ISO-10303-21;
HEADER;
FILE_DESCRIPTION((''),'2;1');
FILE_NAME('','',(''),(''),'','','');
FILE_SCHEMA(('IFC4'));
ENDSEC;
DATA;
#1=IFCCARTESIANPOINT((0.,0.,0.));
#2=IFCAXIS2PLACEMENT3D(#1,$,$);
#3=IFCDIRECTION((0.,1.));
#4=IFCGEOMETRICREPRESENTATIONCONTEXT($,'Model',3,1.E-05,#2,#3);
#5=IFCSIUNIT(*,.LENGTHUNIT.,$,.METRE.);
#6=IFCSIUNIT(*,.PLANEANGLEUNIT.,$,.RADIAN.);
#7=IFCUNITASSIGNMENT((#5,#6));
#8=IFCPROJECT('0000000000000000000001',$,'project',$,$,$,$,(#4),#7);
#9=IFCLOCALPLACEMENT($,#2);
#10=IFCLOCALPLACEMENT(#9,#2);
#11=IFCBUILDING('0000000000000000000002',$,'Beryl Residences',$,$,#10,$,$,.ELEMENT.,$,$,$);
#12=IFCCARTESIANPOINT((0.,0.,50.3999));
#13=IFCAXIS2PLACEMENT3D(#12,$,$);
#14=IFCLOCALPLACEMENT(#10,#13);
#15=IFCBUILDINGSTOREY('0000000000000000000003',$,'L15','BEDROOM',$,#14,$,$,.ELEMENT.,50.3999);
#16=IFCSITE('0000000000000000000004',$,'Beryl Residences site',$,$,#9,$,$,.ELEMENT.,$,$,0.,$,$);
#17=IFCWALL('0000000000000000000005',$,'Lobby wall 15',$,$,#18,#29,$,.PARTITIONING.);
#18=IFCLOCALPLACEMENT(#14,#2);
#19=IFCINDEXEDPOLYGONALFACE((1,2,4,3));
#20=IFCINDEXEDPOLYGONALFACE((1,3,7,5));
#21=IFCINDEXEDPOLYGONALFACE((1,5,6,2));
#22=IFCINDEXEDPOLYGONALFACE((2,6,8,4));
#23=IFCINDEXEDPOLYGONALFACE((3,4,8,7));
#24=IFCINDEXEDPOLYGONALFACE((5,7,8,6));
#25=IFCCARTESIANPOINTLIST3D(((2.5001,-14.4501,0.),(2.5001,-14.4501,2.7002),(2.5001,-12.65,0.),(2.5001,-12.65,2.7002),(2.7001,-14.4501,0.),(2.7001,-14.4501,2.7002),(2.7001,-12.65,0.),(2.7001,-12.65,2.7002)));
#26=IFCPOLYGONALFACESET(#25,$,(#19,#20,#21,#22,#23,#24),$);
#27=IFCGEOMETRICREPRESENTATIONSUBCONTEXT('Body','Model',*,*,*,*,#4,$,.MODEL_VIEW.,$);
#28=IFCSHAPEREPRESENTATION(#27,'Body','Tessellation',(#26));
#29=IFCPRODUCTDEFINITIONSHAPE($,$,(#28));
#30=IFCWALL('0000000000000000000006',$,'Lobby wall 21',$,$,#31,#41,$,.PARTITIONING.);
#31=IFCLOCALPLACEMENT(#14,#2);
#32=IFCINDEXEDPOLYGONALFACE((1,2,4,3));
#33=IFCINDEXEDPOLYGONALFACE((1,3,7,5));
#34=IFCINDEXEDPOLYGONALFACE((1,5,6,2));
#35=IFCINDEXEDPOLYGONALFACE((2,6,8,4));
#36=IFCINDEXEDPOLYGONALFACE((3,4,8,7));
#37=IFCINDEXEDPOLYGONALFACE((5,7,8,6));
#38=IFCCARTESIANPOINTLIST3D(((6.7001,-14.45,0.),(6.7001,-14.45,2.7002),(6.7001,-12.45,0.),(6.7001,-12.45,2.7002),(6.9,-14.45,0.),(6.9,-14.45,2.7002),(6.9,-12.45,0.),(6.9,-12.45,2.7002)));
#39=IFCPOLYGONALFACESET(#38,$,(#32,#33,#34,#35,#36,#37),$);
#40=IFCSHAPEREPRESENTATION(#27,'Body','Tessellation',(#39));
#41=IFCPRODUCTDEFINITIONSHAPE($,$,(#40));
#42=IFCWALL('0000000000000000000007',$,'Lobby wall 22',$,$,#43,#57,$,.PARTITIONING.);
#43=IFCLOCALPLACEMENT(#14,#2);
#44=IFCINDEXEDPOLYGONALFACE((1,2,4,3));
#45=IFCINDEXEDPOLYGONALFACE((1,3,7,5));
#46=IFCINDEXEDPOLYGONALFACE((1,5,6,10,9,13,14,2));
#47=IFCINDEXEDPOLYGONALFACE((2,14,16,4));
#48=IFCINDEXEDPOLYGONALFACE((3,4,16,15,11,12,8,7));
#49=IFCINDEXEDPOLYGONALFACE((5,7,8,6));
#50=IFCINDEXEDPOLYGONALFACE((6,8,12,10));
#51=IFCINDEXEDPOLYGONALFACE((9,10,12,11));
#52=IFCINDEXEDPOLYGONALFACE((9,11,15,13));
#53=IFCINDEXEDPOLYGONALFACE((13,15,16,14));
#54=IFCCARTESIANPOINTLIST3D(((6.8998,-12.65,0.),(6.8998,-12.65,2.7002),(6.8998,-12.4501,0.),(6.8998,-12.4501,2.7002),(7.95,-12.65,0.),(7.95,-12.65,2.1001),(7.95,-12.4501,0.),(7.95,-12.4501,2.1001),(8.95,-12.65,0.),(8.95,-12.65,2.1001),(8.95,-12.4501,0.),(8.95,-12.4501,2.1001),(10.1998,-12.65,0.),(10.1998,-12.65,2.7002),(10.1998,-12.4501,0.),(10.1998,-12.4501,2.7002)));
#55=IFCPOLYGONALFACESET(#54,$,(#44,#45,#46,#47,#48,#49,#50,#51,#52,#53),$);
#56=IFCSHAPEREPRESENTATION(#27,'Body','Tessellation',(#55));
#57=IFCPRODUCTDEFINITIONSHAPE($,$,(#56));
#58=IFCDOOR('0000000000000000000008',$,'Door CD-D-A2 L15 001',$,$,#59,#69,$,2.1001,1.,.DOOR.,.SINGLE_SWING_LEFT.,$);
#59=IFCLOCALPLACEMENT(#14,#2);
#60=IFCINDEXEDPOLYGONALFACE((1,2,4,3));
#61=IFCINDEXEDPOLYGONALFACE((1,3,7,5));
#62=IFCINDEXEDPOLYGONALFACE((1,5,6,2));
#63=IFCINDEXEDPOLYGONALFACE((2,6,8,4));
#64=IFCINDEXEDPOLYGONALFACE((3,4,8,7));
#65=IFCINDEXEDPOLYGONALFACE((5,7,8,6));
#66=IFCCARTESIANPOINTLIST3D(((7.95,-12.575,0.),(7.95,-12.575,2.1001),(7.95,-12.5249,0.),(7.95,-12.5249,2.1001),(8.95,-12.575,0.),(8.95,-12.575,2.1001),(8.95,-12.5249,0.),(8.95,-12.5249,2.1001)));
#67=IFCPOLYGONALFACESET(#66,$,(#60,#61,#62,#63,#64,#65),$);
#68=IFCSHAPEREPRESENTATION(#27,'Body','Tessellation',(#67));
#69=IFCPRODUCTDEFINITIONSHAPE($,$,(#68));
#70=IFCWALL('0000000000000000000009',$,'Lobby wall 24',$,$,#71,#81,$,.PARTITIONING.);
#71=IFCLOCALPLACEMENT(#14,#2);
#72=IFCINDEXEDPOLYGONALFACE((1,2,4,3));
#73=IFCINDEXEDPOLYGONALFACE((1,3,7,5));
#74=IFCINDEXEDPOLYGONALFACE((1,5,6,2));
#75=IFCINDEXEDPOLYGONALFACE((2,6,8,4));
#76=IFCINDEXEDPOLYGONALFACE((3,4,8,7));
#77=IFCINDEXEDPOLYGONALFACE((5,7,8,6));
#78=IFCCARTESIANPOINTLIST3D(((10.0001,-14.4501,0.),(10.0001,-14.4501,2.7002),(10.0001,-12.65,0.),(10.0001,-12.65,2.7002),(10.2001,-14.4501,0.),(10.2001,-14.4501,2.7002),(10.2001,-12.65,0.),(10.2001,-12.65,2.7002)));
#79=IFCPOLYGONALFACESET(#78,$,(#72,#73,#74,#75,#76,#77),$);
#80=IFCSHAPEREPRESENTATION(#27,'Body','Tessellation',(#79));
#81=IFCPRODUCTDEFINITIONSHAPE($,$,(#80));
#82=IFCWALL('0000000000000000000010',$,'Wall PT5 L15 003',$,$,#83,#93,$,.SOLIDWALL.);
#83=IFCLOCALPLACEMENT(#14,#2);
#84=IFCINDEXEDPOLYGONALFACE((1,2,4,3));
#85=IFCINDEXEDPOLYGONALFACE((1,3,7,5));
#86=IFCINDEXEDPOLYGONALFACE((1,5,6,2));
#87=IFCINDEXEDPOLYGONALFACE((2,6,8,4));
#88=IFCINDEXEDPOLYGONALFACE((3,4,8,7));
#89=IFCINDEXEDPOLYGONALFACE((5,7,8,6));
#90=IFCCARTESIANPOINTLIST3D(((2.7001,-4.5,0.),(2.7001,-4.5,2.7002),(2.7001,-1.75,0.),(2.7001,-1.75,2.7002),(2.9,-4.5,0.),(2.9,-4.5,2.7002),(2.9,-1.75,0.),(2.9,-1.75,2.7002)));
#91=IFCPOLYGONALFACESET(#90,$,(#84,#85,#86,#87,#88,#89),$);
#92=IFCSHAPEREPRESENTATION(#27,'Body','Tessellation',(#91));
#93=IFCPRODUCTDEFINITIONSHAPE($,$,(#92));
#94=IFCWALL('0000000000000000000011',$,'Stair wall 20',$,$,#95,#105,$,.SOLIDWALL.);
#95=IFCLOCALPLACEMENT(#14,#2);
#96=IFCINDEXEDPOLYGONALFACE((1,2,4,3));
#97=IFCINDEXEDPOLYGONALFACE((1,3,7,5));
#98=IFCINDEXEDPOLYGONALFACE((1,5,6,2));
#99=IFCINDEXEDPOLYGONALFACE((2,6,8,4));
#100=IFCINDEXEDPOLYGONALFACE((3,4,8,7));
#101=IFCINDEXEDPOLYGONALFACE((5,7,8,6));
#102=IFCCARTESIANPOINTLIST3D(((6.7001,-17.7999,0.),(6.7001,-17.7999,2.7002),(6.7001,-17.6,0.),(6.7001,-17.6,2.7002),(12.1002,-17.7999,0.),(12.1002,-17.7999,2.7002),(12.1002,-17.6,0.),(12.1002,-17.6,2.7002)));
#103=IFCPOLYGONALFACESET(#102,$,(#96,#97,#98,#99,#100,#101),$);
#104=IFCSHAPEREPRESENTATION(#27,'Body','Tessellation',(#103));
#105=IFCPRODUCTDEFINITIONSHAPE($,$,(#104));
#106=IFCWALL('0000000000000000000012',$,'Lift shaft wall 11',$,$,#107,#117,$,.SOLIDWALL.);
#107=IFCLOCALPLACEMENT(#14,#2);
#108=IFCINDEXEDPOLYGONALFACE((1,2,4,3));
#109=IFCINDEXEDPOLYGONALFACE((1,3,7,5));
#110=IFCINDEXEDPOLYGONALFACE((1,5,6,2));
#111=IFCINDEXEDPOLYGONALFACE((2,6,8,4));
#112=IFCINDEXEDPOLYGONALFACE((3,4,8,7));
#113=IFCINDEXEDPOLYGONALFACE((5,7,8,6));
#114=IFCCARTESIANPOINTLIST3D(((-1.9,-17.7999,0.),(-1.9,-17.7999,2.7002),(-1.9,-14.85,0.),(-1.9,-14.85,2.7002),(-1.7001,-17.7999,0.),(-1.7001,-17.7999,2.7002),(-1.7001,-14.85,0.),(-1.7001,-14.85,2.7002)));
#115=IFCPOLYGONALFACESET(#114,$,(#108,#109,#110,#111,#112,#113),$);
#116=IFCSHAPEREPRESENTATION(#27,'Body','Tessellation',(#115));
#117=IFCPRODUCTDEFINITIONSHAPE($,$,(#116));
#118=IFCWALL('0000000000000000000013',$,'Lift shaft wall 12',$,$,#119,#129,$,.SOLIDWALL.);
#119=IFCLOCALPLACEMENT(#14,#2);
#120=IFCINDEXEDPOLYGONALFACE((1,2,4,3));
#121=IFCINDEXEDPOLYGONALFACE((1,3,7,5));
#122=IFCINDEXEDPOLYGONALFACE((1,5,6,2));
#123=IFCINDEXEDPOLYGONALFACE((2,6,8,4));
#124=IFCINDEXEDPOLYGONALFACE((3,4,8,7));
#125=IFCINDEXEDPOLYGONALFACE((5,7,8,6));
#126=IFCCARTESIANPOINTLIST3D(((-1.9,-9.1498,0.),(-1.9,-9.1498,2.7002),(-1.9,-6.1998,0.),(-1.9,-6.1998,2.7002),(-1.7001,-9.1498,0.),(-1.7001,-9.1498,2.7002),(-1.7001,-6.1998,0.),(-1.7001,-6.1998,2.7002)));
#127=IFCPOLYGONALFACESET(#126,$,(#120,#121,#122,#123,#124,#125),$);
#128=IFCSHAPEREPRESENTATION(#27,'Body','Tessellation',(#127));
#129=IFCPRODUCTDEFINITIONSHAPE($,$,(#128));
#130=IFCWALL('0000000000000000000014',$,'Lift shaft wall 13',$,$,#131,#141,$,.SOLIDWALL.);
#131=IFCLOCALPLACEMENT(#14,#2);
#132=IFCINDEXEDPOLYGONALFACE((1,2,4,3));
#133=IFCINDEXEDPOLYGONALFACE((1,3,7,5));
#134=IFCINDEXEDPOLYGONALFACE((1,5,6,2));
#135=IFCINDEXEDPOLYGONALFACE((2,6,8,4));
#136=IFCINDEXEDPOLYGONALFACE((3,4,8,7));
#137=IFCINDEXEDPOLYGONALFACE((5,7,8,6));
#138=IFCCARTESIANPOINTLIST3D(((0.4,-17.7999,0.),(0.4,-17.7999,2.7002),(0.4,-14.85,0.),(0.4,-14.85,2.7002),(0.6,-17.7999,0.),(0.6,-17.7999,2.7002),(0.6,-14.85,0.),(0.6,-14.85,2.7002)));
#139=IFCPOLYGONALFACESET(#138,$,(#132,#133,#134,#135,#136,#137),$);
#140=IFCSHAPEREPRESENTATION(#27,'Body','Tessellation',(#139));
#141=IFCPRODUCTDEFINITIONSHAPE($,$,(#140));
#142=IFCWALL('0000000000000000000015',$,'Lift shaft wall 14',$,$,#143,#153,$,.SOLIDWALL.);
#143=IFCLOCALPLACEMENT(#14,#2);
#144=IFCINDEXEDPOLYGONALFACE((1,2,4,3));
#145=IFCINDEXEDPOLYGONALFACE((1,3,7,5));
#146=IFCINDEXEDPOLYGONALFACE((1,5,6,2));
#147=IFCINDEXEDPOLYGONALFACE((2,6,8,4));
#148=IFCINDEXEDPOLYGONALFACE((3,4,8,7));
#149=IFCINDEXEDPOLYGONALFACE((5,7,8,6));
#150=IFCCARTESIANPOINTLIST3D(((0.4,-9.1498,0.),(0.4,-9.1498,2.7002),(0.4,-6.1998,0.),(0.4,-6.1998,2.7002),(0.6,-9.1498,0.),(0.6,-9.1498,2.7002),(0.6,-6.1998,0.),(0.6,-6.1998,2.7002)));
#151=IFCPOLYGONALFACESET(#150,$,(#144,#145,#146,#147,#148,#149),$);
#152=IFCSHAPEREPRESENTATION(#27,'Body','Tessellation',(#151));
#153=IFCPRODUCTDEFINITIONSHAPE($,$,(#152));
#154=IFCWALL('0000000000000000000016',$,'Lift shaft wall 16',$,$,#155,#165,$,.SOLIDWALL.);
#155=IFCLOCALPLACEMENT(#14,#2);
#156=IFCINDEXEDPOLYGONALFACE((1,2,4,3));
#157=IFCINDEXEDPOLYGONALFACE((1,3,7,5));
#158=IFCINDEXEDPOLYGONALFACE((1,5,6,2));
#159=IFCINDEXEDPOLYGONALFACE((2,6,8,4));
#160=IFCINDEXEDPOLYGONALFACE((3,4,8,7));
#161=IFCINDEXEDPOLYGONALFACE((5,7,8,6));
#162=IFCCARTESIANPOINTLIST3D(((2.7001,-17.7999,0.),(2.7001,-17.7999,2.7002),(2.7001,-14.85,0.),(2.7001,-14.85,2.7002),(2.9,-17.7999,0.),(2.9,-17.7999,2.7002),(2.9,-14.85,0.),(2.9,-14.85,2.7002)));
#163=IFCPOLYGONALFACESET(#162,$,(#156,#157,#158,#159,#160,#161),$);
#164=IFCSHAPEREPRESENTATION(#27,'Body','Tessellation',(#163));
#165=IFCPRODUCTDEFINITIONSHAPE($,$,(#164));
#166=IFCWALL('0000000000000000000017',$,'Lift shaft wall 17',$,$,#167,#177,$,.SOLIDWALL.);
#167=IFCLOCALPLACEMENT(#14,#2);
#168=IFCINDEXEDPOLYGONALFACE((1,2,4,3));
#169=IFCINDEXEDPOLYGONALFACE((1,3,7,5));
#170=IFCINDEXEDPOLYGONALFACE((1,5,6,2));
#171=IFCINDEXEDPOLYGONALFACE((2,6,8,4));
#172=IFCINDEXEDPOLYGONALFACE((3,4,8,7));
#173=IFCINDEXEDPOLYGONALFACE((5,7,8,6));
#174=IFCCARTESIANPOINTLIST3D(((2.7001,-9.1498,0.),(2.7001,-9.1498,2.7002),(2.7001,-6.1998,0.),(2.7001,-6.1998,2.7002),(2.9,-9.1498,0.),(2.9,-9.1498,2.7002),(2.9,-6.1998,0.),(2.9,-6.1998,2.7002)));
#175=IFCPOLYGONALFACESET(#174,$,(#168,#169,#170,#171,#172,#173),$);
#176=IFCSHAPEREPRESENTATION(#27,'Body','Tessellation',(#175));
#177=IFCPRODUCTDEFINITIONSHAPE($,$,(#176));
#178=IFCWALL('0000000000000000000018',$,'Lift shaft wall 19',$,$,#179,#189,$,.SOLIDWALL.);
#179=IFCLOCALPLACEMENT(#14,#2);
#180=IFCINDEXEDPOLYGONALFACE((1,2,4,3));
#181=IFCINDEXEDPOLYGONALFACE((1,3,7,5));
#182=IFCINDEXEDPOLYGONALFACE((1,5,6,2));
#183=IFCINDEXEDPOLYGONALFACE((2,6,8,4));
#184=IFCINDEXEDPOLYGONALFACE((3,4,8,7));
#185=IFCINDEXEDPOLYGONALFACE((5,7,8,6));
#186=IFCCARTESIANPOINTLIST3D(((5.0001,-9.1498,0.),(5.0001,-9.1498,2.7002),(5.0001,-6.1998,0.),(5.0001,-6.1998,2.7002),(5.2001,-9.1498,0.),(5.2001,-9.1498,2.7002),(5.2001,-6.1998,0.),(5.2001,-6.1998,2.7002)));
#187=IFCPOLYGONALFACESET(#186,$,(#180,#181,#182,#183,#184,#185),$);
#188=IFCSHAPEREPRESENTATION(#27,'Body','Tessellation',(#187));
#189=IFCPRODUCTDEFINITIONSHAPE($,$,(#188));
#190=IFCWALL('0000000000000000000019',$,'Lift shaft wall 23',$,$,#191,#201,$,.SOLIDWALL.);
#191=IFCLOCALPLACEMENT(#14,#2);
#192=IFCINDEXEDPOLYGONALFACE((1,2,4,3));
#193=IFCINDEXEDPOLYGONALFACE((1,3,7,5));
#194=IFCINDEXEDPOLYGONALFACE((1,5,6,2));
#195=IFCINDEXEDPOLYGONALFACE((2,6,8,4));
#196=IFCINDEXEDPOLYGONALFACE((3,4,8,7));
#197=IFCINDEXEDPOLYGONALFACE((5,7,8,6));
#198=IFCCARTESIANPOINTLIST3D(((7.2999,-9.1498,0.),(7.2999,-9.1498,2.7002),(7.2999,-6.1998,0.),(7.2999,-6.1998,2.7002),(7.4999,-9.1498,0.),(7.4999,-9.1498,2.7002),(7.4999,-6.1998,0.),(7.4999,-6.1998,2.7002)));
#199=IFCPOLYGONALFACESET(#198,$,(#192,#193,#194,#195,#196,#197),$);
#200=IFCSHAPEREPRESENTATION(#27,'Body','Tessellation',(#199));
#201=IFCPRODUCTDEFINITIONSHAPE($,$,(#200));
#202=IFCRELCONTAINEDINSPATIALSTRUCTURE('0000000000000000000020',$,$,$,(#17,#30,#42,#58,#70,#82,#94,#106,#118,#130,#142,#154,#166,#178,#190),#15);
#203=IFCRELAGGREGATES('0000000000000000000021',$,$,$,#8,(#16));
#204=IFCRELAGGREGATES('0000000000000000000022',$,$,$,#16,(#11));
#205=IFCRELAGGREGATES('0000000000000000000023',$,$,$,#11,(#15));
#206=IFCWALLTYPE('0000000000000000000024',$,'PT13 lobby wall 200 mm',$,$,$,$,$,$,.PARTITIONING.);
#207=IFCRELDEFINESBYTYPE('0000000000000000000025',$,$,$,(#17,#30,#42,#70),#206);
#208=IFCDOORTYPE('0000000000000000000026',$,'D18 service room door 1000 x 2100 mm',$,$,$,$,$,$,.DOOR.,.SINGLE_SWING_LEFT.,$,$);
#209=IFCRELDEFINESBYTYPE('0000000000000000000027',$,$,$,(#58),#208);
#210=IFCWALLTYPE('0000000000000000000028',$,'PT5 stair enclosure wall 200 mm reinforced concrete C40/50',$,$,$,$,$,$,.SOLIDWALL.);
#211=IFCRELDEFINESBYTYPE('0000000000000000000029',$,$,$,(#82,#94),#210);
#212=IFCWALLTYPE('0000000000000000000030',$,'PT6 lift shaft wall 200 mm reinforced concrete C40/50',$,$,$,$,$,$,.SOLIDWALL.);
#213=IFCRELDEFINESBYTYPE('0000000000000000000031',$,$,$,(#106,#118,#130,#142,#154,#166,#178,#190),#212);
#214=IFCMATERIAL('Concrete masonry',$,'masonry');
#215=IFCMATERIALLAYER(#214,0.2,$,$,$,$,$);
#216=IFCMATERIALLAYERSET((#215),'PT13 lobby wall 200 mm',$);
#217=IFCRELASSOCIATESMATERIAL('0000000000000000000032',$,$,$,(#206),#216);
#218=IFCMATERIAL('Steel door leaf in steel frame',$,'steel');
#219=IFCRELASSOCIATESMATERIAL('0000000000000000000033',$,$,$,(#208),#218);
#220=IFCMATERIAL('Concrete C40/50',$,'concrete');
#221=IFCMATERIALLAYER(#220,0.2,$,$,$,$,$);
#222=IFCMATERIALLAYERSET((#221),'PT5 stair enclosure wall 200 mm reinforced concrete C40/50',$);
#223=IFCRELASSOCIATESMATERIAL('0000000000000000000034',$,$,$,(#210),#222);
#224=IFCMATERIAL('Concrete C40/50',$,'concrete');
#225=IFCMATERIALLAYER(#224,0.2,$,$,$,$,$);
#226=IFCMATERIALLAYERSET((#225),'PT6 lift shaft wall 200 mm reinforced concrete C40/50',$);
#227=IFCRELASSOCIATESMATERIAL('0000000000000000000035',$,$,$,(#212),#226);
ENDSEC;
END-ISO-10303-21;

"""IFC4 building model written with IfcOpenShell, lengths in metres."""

from ifc_helpers import new_model, si_unit, direction, frame, frame_2d, origin, place, context, subcontext, project, spatial, rectangle, extrude, material, layer, layer_set, type_object, element, fill, save


model = new_model("IFC4")

# Units and contexts
model_context = context("Model", 3, precision=1e-05, world=origin(), true_north=direction((0.0, 1.0)))
body_context = subcontext(model_context, "Body", "Model", "MODEL_VIEW")
ifc_project = project(units=[si_unit("LENGTHUNIT", "METRE"), si_unit("PLANEANGLEUNIT", "RADIAN")], contexts=[model_context])

# Site, building, storey
site_placement = place(None, origin())
site = spatial("IfcSite", under=ifc_project, at=site_placement, Name="Beryl Residences site", CompositionType="ELEMENT", RefElevation=0.0)
building_placement = place(site_placement, origin())
building = spatial("IfcBuilding", under=site, at=building_placement, Name="Beryl Residences", CompositionType="ELEMENT")
storey_placement = place(building_placement, frame((0.0, 0.0, 50.3999)))
storey = spatial("IfcBuildingStorey", under=building, at=storey_placement, Name="L15", Description="BEDROOM", CompositionType="ELEMENT", Elevation=50.3999)

# Walls
ifc_material_1 = material(Name="Concrete masonry", Category="masonry")
ifc_layer_1 = layer(ifc_material_1, 0.2)
ifc_layer_set_1 = layer_set([ifc_layer_1], Name="PT13 lobby wall 200 mm")
wall_type_1 = type_object("IfcWallType", Name="PT13 lobby wall 200 mm", PredefinedType="PARTITIONING", material=ifc_layer_set_1)
wall_1_placement = place(storey_placement, frame((2.6001, -14.45, 0.0), z_axis=(0.0, 0.0, 1.0), x_axis=(0.0, 1.0, 0.0)))
element("IfcWall", 1, at=wall_1_placement, inside=storey, type_object=wall_type_1, Name="Lobby wall 15", PredefinedType="PARTITIONING", context=body_context, shape_type="SweptSolid", body=[
    extrude(rectangle(XDim=1.8, YDim=0.2, at=frame_2d((0.8999, 0.0))), origin(), (0.0, 0.0, 1.0), 2.7002),
])
wall_2_placement = place(storey_placement, frame((6.8, -14.45, 0.0), z_axis=(0.0, 0.0, 1.0), x_axis=(0.0, 1.0, 0.0)))
element("IfcWall", 2, at=wall_2_placement, inside=storey, type_object=wall_type_1, Name="Lobby wall 21", PredefinedType="PARTITIONING", context=body_context, shape_type="SweptSolid", body=[
    extrude(rectangle(XDim=2.0, YDim=0.2, at=frame_2d((1.0, 0.0))), origin(), (0.0, 0.0, 1.0), 2.7002),
])

# Wall, opening, door
wall_3_placement = place(storey_placement, frame((6.8999, -12.55, 0.0), z_axis=(0.0, 0.0, 1.0), x_axis=(1.0, 0.0, 0.0)))
wall_3 = element("IfcWall", 3, at=wall_3_placement, inside=storey, type_object=wall_type_1, Name="Lobby wall 22", PredefinedType="PARTITIONING", context=body_context, shape_type="SweptSolid", body=[
    extrude(rectangle(XDim=3.3, YDim=0.2, at=frame_2d((1.6499, 0.0))), origin(), (0.0, 0.0, 1.0), 2.7002),
])
opening_placement = place(wall_3_placement, frame((2.05, 0.0, 0.0), z_axis=(0.0, 0.0, 1.0), x_axis=(-1.0, 0.0, 0.0)))
opening = element("IfcOpeningElement", 4, at=opening_placement, cuts=wall_3, PredefinedType="OPENING", context=body_context, shape_type="SweptSolid", body=[
    extrude(rectangle(XDim=1.0, YDim=2.1001, at=frame_2d((0.5, 1.05))), frame((0.0, 0.1099, 0.0), z_axis=(0.0, -1.0, 0.0), x_axis=(1.0, 0.0, 0.0)), (0.0, 0.0, 1.0), 0.22),
])
ifc_material_2 = material(Name="Steel door leaf in steel frame", Category="steel")
door_type = type_object("IfcDoorType", Name="D18 service room door 1000 x 2100 mm", OperationType="SINGLE_SWING_LEFT", PredefinedType="DOOR", material=ifc_material_2)
door_placement = place(opening_placement, origin())
door = element("IfcDoor", 5, at=door_placement, inside=storey, type_object=door_type, Name="Door CD-D-A2 L15 001", OperationType="SINGLE_SWING_LEFT", OverallHeight=2.1001, OverallWidth=1.0, PredefinedType="DOOR", context=body_context, shape_type="SweptSolid", body=[
    extrude(rectangle(XDim=1.0, YDim=2.1001, at=frame_2d((0.5, 1.05))), frame((0.0, 0.0249, 0.0), z_axis=(0.0, -1.0, 0.0), x_axis=(1.0, 0.0, 0.0)), (0.0, 0.0, 1.0), 0.05),
])
fill(opening, door)

# Walls
wall_4_placement = place(storey_placement, frame((10.1001, -14.45, 0.0), z_axis=(0.0, 0.0, 1.0), x_axis=(0.0, 1.0, 0.0)))
element("IfcWall", 6, at=wall_4_placement, inside=storey, type_object=wall_type_1, Name="Lobby wall 24", PredefinedType="PARTITIONING", context=body_context, shape_type="SweptSolid", body=[
    extrude(rectangle(XDim=1.8, YDim=0.2, at=frame_2d((0.8999, 0.0))), origin(), (0.0, 0.0, 1.0), 2.7002),
])
ifc_material_3 = material(Name="Concrete C40/50", Category="concrete")
ifc_layer_2 = layer(ifc_material_3, 0.2)
ifc_layer_set_2 = layer_set([ifc_layer_2], Name="PT5 stair enclosure wall 200 mm reinforced concrete C40/50")
wall_type_2 = type_object("IfcWallType", Name="PT5 stair enclosure wall 200 mm reinforced concrete C40/50", PredefinedType="SOLIDWALL", material=ifc_layer_set_2)
wall_5_placement = place(storey_placement, frame((2.8, -4.5, 0.0), z_axis=(0.0, 0.0, 1.0), x_axis=(0.0, 1.0, 0.0)))
element("IfcWall", 7, at=wall_5_placement, inside=storey, type_object=wall_type_2, Name="Wall PT5 L15 003", PredefinedType="SOLIDWALL", context=body_context, shape_type="SweptSolid", body=[
    extrude(rectangle(XDim=2.75, YDim=0.2, at=frame_2d((1.375, 0.0))), origin(), (0.0, 0.0, 1.0), 2.7002),
])
wall_6_placement = place(storey_placement, frame((6.7, -17.7, 0.0), z_axis=(0.0, 0.0, 1.0), x_axis=(1.0, 0.0, 0.0)))
element("IfcWall", 8, at=wall_6_placement, inside=storey, type_object=wall_type_2, Name="Stair wall 20", PredefinedType="SOLIDWALL", context=body_context, shape_type="SweptSolid", body=[
    extrude(rectangle(XDim=5.4001, YDim=0.2, at=frame_2d((2.7002, 0.0))), origin(), (0.0, 0.0, 1.0), 2.7002),
])
ifc_material_4 = material(Name="Concrete C40/50", Category="concrete")
ifc_layer_3 = layer(ifc_material_4, 0.2)
ifc_layer_set_3 = layer_set([ifc_layer_3], Name="PT6 lift shaft wall 200 mm reinforced concrete C40/50")
wall_type_3 = type_object("IfcWallType", Name="PT6 lift shaft wall 200 mm reinforced concrete C40/50", PredefinedType="SOLIDWALL", material=ifc_layer_set_3)
for number, where, z_axis, x_axis, name in (
    (9, (-1.8, -17.8, 0.0), (0.0, 0.0, 1.0), (0.0, 1.0, 0.0), "Lift shaft wall 11"),
    (10, (-1.8, -9.1499, 0.0), (0.0, 0.0, 1.0), (0.0, 1.0, 0.0), "Lift shaft wall 12"),
    (11, (0.5, -17.8, 0.0), (0.0, 0.0, 1.0), (0.0, 1.0, 0.0), "Lift shaft wall 13"),
    (12, (0.5, -9.1499, 0.0), (0.0, 0.0, 1.0), (0.0, 1.0, 0.0), "Lift shaft wall 14"),
    (13, (2.8, -17.8, 0.0), (0.0, 0.0, 1.0), (0.0, 1.0, 0.0), "Lift shaft wall 16"),
    (14, (2.8, -9.1499, 0.0), (0.0, 0.0, 1.0), (0.0, 1.0, 0.0), "Lift shaft wall 17"),
    (15, (5.1001, -9.1499, 0.0), (0.0, 0.0, 1.0), (0.0, 1.0, 0.0), "Lift shaft wall 19"),
    (16, (7.3999, -9.1499, 0.0), (0.0, 0.0, 1.0), (0.0, 1.0, 0.0), "Lift shaft wall 23"),
):
    element("IfcWall", number, at=place(storey_placement, frame(where, z_axis=z_axis, x_axis=x_axis)), inside=storey, type_object=wall_type_3, Name=name, PredefinedType="SOLIDWALL", context=body_context, shape_type="SweptSolid", body=[
        extrude(rectangle(XDim=2.95, YDim=0.2, at=frame_2d((1.4751, 0.0))), origin(), (0.0, 0.0, 1.0), 2.7002),
    ])

save(model, "model.ifc")
